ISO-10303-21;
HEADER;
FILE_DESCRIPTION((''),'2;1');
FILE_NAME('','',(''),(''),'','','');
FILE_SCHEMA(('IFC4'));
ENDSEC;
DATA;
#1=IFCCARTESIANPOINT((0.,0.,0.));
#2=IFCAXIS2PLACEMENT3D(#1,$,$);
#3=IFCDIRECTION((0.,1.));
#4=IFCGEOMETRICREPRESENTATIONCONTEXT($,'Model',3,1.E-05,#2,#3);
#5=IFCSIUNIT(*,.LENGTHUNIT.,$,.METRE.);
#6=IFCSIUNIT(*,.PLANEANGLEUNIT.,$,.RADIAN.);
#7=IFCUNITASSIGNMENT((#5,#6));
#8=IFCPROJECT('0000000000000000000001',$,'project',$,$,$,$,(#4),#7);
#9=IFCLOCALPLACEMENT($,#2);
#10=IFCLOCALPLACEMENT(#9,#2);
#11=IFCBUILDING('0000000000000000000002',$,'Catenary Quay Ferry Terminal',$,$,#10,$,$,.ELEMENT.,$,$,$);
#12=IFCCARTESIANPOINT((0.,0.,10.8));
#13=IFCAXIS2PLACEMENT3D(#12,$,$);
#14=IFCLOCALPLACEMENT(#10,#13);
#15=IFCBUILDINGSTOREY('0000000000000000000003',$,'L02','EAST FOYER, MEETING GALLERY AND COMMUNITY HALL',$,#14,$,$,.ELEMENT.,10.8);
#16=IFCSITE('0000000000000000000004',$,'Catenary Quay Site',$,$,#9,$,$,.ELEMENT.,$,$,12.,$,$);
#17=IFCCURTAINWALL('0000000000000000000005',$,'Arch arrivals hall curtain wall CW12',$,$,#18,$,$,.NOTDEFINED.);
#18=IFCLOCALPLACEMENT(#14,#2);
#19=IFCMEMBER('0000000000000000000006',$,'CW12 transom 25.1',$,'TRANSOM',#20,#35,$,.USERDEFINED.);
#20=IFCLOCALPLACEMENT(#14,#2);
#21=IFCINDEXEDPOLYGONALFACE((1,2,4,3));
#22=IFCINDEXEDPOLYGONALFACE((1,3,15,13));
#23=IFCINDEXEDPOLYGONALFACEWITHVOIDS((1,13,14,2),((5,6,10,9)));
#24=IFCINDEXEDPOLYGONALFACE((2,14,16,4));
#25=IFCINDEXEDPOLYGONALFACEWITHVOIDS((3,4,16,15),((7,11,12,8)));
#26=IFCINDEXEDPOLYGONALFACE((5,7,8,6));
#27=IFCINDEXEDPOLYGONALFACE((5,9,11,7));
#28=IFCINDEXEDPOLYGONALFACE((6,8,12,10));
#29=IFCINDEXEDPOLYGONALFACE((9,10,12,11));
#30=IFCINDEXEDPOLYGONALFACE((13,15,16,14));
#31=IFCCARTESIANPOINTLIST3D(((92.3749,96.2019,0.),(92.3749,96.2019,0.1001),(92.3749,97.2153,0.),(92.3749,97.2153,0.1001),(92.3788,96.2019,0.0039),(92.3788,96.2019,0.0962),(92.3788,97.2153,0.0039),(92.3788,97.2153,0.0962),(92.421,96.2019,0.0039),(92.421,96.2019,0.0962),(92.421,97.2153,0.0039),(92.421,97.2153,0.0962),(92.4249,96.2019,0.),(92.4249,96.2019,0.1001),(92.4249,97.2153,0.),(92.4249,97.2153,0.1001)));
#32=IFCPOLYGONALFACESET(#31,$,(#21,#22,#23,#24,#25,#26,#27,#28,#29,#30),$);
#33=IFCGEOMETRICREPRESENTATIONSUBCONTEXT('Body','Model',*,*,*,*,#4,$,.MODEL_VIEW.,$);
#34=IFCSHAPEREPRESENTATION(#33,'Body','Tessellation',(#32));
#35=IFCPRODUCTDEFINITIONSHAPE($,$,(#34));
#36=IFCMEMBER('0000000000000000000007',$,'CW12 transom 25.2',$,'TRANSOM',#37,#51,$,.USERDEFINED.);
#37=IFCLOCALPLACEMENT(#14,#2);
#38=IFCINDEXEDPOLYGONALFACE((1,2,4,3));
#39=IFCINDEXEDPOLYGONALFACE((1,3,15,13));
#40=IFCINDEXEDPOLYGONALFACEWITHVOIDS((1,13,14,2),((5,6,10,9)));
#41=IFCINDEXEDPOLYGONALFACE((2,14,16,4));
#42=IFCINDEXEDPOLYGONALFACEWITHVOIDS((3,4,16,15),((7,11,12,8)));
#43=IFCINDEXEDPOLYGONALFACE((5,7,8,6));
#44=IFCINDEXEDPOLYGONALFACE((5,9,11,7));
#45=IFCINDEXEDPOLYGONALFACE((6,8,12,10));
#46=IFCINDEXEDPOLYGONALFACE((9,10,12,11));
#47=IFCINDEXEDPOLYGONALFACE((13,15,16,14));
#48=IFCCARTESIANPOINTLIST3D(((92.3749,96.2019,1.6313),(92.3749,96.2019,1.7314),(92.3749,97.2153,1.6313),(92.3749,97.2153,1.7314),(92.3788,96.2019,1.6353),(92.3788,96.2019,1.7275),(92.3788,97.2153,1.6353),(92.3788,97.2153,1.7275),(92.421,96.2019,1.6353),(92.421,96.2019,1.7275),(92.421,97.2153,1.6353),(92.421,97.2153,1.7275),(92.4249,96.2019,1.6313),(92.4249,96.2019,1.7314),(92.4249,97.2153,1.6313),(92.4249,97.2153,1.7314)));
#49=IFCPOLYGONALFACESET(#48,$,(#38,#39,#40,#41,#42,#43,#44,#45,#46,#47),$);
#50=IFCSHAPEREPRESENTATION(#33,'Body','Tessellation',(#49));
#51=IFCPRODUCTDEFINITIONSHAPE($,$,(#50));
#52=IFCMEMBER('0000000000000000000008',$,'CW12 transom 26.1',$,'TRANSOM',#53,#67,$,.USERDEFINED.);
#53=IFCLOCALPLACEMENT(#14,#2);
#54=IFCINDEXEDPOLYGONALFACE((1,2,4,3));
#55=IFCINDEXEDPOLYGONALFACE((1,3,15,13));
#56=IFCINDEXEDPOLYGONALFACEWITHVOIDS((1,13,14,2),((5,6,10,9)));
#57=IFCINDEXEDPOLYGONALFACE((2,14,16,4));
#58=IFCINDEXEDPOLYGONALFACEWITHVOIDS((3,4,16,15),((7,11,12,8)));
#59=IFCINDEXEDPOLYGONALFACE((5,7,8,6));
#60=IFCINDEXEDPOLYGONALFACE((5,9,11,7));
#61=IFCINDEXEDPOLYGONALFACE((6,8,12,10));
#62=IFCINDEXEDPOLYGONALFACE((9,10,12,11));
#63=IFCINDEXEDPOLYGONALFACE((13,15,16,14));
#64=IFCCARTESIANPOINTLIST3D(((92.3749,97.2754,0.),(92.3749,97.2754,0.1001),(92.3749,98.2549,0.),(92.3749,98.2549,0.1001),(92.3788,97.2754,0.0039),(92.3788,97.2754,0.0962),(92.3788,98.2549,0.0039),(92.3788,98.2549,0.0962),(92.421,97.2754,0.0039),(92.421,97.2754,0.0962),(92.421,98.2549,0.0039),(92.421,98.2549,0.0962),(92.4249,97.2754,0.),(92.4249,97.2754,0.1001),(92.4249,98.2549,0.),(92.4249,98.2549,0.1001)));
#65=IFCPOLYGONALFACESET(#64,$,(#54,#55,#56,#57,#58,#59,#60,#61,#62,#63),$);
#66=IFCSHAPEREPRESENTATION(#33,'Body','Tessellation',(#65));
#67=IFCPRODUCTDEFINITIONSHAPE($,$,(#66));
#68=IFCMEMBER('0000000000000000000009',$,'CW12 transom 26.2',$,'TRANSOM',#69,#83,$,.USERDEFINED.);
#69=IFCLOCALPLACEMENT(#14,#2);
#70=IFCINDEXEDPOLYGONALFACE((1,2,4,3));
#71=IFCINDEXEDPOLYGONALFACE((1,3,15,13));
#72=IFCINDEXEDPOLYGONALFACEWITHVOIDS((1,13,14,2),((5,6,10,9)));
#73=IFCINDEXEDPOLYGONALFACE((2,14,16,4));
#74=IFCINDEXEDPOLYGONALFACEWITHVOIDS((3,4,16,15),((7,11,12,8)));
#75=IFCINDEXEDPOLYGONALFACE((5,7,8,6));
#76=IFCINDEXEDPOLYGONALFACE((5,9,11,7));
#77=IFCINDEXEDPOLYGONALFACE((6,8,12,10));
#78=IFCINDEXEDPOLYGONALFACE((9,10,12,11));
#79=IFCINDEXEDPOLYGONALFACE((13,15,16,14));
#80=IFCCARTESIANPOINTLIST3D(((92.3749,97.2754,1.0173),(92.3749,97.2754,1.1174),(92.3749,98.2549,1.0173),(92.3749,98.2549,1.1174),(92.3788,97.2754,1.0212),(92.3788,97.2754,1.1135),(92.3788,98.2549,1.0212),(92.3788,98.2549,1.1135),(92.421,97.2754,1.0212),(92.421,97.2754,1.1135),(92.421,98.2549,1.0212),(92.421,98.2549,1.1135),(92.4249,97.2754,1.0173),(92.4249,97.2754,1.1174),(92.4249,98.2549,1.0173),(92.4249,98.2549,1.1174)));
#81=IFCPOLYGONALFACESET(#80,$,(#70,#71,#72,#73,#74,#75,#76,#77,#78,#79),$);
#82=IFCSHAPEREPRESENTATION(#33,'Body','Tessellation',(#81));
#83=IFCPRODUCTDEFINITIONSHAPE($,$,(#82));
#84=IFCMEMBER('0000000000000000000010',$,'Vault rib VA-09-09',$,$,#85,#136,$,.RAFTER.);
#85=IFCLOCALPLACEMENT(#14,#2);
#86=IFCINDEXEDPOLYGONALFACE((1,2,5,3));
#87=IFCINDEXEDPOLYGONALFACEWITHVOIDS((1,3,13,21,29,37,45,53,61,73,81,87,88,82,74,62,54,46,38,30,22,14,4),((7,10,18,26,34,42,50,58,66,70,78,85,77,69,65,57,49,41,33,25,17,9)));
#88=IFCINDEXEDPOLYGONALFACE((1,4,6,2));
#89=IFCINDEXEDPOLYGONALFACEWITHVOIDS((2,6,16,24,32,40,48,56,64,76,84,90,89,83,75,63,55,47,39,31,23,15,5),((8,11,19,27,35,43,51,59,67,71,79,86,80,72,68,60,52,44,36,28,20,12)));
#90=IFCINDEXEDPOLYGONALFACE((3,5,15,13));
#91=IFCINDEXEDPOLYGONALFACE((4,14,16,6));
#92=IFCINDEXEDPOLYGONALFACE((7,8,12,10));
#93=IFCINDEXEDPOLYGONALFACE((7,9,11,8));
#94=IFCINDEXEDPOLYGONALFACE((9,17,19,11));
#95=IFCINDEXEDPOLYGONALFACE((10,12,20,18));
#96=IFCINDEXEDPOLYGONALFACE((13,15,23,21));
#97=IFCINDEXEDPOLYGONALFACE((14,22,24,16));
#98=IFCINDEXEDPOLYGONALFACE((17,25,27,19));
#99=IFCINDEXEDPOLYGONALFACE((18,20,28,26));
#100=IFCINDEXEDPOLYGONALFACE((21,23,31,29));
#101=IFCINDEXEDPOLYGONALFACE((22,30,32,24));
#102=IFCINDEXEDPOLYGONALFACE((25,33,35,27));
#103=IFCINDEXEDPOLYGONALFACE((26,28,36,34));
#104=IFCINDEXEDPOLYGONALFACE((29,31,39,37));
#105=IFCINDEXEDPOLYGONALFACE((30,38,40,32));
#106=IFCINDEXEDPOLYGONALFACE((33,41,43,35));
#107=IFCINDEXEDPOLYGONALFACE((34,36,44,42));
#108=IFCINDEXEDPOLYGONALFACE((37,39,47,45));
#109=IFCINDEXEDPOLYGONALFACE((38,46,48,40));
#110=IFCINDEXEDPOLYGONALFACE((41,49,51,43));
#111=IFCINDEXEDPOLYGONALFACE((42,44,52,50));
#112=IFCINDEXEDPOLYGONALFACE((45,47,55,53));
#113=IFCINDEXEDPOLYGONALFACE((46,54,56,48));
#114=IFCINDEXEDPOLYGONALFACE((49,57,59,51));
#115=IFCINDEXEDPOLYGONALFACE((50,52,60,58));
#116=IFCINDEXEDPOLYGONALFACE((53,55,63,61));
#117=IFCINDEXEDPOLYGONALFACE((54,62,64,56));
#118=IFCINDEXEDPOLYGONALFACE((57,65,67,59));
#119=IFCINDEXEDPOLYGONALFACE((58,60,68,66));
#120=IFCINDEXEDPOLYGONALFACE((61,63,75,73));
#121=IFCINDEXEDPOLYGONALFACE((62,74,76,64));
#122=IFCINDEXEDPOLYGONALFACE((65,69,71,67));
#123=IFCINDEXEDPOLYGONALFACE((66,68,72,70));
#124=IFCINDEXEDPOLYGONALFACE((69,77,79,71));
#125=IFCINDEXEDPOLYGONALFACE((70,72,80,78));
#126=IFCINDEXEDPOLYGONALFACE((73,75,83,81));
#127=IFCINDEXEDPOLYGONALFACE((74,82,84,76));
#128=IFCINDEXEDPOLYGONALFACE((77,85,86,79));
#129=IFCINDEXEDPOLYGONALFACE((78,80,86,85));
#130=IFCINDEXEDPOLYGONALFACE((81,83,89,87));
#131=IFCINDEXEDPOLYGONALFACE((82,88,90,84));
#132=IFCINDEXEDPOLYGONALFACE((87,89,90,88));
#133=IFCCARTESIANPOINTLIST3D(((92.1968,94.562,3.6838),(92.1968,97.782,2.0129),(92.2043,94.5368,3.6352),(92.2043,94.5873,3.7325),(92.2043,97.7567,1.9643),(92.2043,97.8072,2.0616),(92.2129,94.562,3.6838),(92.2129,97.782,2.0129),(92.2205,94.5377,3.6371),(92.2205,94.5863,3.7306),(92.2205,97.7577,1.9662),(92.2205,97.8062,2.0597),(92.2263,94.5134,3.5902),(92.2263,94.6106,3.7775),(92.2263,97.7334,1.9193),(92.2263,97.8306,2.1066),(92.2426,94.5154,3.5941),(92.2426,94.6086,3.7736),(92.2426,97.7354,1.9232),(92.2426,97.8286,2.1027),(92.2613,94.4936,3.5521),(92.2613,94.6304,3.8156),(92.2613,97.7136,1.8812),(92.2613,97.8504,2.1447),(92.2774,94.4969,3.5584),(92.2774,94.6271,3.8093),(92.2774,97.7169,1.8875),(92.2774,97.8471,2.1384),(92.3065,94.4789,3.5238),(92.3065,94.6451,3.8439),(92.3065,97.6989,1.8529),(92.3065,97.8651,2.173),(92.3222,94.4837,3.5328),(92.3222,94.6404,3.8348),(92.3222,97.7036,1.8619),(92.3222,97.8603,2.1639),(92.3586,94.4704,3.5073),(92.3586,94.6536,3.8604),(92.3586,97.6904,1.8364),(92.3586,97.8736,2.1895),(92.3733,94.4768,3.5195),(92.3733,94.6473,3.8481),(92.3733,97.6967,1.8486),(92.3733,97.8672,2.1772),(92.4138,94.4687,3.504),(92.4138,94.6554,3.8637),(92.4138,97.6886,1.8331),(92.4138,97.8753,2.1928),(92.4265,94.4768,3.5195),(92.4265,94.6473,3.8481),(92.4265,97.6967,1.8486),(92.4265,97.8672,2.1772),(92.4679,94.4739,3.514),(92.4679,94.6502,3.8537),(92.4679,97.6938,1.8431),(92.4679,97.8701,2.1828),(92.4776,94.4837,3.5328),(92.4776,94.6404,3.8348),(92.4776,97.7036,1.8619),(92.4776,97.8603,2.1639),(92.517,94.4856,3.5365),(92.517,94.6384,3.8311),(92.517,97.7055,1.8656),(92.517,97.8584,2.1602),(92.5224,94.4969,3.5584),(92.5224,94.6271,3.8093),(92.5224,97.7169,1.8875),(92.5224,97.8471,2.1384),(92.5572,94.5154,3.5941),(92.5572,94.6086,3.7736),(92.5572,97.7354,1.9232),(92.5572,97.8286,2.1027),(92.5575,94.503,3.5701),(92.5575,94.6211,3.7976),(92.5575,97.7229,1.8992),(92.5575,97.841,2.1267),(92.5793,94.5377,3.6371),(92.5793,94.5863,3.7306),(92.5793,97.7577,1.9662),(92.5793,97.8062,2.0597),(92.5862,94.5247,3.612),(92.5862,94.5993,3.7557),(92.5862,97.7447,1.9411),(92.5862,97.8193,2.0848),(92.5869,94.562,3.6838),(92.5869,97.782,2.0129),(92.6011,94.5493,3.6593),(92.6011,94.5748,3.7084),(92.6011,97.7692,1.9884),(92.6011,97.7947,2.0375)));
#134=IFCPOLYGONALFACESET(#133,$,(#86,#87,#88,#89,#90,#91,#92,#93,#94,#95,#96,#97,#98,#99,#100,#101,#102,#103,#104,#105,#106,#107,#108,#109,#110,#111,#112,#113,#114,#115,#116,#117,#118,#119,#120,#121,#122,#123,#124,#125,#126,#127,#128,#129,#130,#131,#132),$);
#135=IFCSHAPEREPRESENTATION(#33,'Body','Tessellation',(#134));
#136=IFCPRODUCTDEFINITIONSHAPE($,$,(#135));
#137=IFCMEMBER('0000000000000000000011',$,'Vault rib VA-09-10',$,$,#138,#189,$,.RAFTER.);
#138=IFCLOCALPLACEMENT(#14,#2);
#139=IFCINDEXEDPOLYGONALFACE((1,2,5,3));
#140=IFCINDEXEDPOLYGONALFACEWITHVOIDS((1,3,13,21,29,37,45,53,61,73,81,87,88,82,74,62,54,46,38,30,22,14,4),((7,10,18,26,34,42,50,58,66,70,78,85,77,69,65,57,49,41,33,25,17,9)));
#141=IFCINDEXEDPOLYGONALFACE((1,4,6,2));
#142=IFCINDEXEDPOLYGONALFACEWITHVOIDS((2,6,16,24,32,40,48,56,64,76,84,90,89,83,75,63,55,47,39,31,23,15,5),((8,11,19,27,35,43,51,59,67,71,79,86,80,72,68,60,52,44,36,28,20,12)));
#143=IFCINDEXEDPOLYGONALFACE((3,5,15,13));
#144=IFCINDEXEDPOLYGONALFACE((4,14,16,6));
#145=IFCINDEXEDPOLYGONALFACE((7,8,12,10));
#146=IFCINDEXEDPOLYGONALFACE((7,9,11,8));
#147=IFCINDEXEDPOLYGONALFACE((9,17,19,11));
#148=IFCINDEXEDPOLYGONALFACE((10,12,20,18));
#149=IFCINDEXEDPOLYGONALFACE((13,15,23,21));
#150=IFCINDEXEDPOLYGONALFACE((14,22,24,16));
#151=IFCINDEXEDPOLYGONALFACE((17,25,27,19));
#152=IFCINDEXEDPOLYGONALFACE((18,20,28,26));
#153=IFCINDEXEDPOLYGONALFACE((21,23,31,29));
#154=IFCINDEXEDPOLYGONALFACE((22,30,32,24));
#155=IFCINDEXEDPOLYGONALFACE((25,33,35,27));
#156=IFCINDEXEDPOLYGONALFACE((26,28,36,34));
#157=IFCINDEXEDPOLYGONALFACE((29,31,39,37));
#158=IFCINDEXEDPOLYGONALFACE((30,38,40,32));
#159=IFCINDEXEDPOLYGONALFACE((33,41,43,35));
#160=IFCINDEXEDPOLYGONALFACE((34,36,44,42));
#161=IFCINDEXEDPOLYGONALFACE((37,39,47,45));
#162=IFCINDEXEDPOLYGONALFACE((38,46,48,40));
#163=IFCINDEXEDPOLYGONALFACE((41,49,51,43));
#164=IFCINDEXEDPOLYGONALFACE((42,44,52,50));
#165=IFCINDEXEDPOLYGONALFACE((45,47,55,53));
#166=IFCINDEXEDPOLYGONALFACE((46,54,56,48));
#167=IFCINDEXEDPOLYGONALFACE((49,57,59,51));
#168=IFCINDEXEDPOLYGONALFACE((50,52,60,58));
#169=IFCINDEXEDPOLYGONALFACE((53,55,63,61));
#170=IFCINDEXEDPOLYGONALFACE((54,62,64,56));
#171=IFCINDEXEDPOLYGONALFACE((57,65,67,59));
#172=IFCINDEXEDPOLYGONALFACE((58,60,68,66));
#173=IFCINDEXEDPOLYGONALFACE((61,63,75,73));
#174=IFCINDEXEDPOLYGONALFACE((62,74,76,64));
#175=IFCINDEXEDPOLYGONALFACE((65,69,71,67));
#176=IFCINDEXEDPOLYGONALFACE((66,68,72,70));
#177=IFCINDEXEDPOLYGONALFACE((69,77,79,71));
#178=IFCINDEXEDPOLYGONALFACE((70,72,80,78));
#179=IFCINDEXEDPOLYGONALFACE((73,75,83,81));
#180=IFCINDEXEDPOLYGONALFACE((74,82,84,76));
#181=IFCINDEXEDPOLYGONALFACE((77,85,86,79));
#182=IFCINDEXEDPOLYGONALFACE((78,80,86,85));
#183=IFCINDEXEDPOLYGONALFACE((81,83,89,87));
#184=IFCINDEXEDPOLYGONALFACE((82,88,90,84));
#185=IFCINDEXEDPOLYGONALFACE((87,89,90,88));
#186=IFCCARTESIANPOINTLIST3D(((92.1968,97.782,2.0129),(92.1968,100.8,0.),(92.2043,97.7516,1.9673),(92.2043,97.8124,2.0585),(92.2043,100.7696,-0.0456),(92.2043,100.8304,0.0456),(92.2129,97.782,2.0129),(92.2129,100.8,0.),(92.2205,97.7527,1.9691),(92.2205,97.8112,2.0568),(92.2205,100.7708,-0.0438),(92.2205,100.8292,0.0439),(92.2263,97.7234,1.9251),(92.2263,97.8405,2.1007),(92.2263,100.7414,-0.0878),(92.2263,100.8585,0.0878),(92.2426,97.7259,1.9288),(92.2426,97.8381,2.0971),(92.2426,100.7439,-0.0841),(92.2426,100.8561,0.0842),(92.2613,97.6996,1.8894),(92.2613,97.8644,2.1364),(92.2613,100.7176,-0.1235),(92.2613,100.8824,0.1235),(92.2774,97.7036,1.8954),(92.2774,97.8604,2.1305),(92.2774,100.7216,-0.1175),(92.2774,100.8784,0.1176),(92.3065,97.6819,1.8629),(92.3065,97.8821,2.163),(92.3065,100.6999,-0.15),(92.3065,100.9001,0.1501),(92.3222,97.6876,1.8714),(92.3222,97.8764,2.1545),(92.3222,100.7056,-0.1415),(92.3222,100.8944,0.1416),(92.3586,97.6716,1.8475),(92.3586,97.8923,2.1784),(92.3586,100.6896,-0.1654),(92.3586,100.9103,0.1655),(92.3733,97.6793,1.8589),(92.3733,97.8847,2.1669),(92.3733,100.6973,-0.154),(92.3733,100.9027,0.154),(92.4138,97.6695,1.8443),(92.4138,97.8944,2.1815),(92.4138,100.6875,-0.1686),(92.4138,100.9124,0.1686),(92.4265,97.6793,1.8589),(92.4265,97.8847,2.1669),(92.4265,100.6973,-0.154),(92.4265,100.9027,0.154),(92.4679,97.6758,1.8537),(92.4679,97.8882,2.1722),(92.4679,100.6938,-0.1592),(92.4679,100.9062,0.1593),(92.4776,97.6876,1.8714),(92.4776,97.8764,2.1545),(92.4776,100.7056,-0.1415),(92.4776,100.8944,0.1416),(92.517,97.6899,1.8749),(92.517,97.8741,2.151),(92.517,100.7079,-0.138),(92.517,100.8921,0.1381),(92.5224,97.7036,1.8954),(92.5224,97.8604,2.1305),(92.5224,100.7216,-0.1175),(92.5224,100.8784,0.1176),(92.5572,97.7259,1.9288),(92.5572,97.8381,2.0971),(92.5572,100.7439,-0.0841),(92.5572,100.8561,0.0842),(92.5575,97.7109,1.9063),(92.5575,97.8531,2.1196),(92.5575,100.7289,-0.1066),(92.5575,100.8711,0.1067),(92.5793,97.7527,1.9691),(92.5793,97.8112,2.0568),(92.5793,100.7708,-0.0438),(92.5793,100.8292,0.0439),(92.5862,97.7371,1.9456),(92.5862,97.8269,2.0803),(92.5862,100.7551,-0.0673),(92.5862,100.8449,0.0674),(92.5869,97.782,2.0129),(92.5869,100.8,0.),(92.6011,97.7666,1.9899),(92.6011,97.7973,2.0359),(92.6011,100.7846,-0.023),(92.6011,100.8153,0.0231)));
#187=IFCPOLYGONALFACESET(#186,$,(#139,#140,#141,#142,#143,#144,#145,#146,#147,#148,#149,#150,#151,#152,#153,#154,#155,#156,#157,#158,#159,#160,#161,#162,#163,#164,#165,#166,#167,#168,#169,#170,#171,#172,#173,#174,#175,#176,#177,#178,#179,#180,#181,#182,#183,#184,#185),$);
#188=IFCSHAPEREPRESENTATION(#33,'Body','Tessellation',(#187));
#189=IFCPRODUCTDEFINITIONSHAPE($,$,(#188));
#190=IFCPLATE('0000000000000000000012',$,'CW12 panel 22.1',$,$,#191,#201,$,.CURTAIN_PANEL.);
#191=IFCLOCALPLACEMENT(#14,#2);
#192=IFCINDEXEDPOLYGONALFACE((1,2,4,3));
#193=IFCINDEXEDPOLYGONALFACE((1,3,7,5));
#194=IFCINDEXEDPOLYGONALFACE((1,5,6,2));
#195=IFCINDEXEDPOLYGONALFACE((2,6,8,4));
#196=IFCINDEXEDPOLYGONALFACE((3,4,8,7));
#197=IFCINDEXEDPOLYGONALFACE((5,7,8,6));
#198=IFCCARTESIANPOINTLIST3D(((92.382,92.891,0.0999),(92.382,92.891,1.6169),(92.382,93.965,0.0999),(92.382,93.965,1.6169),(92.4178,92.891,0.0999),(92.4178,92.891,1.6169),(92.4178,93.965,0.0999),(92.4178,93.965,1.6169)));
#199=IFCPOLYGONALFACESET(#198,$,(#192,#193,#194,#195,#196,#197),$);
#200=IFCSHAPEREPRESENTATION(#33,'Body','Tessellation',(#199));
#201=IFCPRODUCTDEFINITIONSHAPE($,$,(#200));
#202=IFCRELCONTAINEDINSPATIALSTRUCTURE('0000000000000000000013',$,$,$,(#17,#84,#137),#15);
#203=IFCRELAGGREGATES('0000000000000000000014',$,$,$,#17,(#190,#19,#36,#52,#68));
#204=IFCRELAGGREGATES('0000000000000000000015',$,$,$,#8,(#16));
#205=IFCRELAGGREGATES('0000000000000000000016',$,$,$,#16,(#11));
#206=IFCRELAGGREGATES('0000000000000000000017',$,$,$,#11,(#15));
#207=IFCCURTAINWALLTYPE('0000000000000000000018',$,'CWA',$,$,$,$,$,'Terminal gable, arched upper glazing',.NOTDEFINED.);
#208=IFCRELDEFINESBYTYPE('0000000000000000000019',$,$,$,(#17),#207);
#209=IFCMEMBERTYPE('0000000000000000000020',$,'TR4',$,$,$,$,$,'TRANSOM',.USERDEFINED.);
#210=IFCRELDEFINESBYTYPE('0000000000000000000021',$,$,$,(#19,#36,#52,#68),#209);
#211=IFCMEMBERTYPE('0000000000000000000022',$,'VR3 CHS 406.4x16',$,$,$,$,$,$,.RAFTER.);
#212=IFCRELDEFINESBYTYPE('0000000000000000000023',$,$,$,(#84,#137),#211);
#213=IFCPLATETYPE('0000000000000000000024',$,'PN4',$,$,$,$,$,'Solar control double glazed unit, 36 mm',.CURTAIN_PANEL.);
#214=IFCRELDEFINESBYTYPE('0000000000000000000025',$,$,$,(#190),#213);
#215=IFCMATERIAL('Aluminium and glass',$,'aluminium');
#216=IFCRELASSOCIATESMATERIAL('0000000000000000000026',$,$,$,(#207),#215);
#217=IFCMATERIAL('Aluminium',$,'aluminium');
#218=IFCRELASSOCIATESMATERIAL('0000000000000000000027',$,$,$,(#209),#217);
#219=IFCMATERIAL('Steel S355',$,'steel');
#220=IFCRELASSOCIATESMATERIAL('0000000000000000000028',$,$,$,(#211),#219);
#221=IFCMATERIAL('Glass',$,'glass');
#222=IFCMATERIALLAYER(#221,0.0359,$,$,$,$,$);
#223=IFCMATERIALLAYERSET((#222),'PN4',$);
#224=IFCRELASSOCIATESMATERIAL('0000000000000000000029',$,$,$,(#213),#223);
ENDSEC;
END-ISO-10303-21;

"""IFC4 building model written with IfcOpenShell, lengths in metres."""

from ifc_helpers import new_model, si_unit, direction, frame, origin, origin_2d, place, context, subcontext, project, spatial, rectangle, hollow_rectangle, hollow_circle, extrude, material, layer, layer_set, material_profile, profile_set, type_object, element, aggregate, save


model = new_model("IFC4")

# Units and contexts
model_context = context("Model", 3, precision=1e-05, world=origin(), true_north=direction((0.0, 1.0)))
body_context = subcontext(model_context, "Body", "Model", "MODEL_VIEW")
ifc_project = project(units=[si_unit("LENGTHUNIT", "METRE"), si_unit("PLANEANGLEUNIT", "RADIAN")], contexts=[model_context])

# Site, building, storey
site_placement = place(None, origin())
site = spatial("IfcSite", under=ifc_project, at=site_placement, Name="Catenary Quay Site", CompositionType="ELEMENT", RefElevation=12.0)
building_placement = place(site_placement, origin())
building = spatial("IfcBuilding", under=site, at=building_placement, Name="Catenary Quay Ferry Terminal", CompositionType="ELEMENT")
storey_placement = place(building_placement, frame((0.0, 0.0, 10.8)))
storey = spatial("IfcBuildingStorey", under=building, at=storey_placement, Name="L02", Description="EAST FOYER, MEETING GALLERY AND COMMUNITY HALL", CompositionType="ELEMENT", Elevation=10.8)

# Curtain wall, members
ifc_material_1 = material(Name="Aluminium and glass", Category="aluminium")
curtain_wall_type = type_object("IfcCurtainWallType", Name="CWA", ElementType="Terminal gable, arched upper glazing", PredefinedType="NOTDEFINED", material=ifc_material_1)
curtain_wall_placement = place(storey_placement, origin())
curtain_wall = element("IfcCurtainWall", 1, at=curtain_wall_placement, inside=storey, type_object=curtain_wall_type, Name="Arch arrivals hall curtain wall CW12", PredefinedType="NOTDEFINED")
ifc_material_2 = material(Name="Aluminium", Category="aluminium")
ifc_material_profile_1 = material_profile(ifc_material_2, hollow_rectangle(XDim=0.05, YDim=0.1001, WallThickness=0.0039, at=origin_2d()), Name="TR4")
ifc_profile_set_1 = profile_set([ifc_material_profile_1], Name="Aluminium")
member_type_1 = type_object("IfcMemberType", Name="TR4", ElementType="TRANSOM", PredefinedType="USERDEFINED", material=ifc_profile_set_1)
member_1_placement = place(storey_placement, frame((92.3999, 96.2019, 0.05), z_axis=(0.0, 1.0, 0.0), x_axis=(-1.0, 0.0, 0.0)))
member_1 = element("IfcMember", 2, at=member_1_placement, type_object=member_type_1, Name="CW12 transom 25.1", ObjectType="TRANSOM", PredefinedType="USERDEFINED", context=body_context, shape_type="SweptSolid", body=[
    extrude(hollow_rectangle(XDim=0.05, YDim=0.1001, WallThickness=0.0039, at=origin_2d()), origin(), (0.0, 0.0, 1.0), 1.0134),
])
member_2_placement = place(storey_placement, frame((92.3999, 96.2019, 1.6814), z_axis=(0.0, 1.0, 0.0), x_axis=(-1.0, 0.0, 0.0)))
member_2 = element("IfcMember", 3, at=member_2_placement, type_object=member_type_1, Name="CW12 transom 25.2", ObjectType="TRANSOM", PredefinedType="USERDEFINED", context=body_context, shape_type="SweptSolid", body=[
    extrude(hollow_rectangle(XDim=0.05, YDim=0.1001, WallThickness=0.0039, at=origin_2d()), origin(), (0.0, 0.0, 1.0), 1.0134),
])
member_3_placement = place(storey_placement, frame((92.3999, 97.2754, 0.05), z_axis=(0.0, 1.0, 0.0), x_axis=(-1.0, 0.0, 0.0)))
member_3 = element("IfcMember", 4, at=member_3_placement, type_object=member_type_1, Name="CW12 transom 26.1", ObjectType="TRANSOM", PredefinedType="USERDEFINED", context=body_context, shape_type="SweptSolid", body=[
    extrude(hollow_rectangle(XDim=0.05, YDim=0.1001, WallThickness=0.0039, at=origin_2d()), origin(), (0.0, 0.0, 1.0), 0.9795),
])
member_4_placement = place(storey_placement, frame((92.3999, 97.2754, 1.0674), z_axis=(0.0, 1.0, 0.0), x_axis=(-1.0, 0.0, 0.0)))
member_4 = element("IfcMember", 5, at=member_4_placement, type_object=member_type_1, Name="CW12 transom 26.2", ObjectType="TRANSOM", PredefinedType="USERDEFINED", context=body_context, shape_type="SweptSolid", body=[
    extrude(hollow_rectangle(XDim=0.05, YDim=0.1001, WallThickness=0.0039, at=origin_2d()), origin(), (0.0, 0.0, 1.0), 0.9795),
])

# Members
ifc_material_3 = material(Name="Steel S355", Category="steel")
ifc_material_profile_2 = material_profile(ifc_material_3, hollow_circle(Radius=0.2031, WallThickness=0.0161, at=origin_2d()), Name="CHS 406.4x16")
ifc_profile_set_2 = profile_set([ifc_material_profile_2], Name="Steel S355")
member_type_2 = type_object("IfcMemberType", Name="VR3 CHS 406.4x16", PredefinedType="RAFTER", material=ifc_profile_set_2)
for number, where, z_axis, x_axis, name in (
    (6, (92.3999, 94.562, 3.6838), (0.0, 0.88761, -0.460596), (-1.0, 0.0, 0.0), "Vault rib VA-09-09"),
    (7, (92.3999, 97.782, 2.0129), (0.0, 0.831936, -0.554871), (-1.0, 0.0, 0.0), "Vault rib VA-09-10"),
):
    element("IfcMember", number, at=place(storey_placement, frame(where, z_axis=z_axis, x_axis=x_axis)), inside=storey, type_object=member_type_2, Name=name, PredefinedType="RAFTER", context=body_context, shape_type="SweptSolid", body=[
        extrude(hollow_circle(Radius=0.2031, WallThickness=0.0161, at=origin_2d()), origin(), (0.0, 0.0, 1.0), 3.6277),
    ])

# Plate
ifc_material_4 = material(Name="Glass", Category="glass")
ifc_layer_1 = layer(ifc_material_4, 0.0359)
ifc_layer_set_1 = layer_set([ifc_layer_1], Name="PN4")
plate_type_1 = type_object("IfcPlateType", Name="PN4", ElementType="Solar control double glazed unit, 36 mm", PredefinedType="CURTAIN_PANEL", material=ifc_layer_set_1)
plate_1_placement = place(storey_placement, frame((92.3999, 93.428, 0.0999), z_axis=(0.0, 0.0, 1.0), x_axis=(0.0, 1.0, 0.0)))
plate_1 = element("IfcPlate", 8, at=plate_1_placement, type_object=plate_type_1, Name="CW12 panel 22.1", PredefinedType="CURTAIN_PANEL", context=body_context, shape_type="SweptSolid", body=[
    extrude(rectangle(XDim=1.074, YDim=0.0359, at=origin_2d()), origin(), (0.0, 0.0, 1.0), 1.5171),
])
aggregate(curtain_wall, [plate_1, member_1, member_2, member_3, member_4])

save(model, "model.ifc")
